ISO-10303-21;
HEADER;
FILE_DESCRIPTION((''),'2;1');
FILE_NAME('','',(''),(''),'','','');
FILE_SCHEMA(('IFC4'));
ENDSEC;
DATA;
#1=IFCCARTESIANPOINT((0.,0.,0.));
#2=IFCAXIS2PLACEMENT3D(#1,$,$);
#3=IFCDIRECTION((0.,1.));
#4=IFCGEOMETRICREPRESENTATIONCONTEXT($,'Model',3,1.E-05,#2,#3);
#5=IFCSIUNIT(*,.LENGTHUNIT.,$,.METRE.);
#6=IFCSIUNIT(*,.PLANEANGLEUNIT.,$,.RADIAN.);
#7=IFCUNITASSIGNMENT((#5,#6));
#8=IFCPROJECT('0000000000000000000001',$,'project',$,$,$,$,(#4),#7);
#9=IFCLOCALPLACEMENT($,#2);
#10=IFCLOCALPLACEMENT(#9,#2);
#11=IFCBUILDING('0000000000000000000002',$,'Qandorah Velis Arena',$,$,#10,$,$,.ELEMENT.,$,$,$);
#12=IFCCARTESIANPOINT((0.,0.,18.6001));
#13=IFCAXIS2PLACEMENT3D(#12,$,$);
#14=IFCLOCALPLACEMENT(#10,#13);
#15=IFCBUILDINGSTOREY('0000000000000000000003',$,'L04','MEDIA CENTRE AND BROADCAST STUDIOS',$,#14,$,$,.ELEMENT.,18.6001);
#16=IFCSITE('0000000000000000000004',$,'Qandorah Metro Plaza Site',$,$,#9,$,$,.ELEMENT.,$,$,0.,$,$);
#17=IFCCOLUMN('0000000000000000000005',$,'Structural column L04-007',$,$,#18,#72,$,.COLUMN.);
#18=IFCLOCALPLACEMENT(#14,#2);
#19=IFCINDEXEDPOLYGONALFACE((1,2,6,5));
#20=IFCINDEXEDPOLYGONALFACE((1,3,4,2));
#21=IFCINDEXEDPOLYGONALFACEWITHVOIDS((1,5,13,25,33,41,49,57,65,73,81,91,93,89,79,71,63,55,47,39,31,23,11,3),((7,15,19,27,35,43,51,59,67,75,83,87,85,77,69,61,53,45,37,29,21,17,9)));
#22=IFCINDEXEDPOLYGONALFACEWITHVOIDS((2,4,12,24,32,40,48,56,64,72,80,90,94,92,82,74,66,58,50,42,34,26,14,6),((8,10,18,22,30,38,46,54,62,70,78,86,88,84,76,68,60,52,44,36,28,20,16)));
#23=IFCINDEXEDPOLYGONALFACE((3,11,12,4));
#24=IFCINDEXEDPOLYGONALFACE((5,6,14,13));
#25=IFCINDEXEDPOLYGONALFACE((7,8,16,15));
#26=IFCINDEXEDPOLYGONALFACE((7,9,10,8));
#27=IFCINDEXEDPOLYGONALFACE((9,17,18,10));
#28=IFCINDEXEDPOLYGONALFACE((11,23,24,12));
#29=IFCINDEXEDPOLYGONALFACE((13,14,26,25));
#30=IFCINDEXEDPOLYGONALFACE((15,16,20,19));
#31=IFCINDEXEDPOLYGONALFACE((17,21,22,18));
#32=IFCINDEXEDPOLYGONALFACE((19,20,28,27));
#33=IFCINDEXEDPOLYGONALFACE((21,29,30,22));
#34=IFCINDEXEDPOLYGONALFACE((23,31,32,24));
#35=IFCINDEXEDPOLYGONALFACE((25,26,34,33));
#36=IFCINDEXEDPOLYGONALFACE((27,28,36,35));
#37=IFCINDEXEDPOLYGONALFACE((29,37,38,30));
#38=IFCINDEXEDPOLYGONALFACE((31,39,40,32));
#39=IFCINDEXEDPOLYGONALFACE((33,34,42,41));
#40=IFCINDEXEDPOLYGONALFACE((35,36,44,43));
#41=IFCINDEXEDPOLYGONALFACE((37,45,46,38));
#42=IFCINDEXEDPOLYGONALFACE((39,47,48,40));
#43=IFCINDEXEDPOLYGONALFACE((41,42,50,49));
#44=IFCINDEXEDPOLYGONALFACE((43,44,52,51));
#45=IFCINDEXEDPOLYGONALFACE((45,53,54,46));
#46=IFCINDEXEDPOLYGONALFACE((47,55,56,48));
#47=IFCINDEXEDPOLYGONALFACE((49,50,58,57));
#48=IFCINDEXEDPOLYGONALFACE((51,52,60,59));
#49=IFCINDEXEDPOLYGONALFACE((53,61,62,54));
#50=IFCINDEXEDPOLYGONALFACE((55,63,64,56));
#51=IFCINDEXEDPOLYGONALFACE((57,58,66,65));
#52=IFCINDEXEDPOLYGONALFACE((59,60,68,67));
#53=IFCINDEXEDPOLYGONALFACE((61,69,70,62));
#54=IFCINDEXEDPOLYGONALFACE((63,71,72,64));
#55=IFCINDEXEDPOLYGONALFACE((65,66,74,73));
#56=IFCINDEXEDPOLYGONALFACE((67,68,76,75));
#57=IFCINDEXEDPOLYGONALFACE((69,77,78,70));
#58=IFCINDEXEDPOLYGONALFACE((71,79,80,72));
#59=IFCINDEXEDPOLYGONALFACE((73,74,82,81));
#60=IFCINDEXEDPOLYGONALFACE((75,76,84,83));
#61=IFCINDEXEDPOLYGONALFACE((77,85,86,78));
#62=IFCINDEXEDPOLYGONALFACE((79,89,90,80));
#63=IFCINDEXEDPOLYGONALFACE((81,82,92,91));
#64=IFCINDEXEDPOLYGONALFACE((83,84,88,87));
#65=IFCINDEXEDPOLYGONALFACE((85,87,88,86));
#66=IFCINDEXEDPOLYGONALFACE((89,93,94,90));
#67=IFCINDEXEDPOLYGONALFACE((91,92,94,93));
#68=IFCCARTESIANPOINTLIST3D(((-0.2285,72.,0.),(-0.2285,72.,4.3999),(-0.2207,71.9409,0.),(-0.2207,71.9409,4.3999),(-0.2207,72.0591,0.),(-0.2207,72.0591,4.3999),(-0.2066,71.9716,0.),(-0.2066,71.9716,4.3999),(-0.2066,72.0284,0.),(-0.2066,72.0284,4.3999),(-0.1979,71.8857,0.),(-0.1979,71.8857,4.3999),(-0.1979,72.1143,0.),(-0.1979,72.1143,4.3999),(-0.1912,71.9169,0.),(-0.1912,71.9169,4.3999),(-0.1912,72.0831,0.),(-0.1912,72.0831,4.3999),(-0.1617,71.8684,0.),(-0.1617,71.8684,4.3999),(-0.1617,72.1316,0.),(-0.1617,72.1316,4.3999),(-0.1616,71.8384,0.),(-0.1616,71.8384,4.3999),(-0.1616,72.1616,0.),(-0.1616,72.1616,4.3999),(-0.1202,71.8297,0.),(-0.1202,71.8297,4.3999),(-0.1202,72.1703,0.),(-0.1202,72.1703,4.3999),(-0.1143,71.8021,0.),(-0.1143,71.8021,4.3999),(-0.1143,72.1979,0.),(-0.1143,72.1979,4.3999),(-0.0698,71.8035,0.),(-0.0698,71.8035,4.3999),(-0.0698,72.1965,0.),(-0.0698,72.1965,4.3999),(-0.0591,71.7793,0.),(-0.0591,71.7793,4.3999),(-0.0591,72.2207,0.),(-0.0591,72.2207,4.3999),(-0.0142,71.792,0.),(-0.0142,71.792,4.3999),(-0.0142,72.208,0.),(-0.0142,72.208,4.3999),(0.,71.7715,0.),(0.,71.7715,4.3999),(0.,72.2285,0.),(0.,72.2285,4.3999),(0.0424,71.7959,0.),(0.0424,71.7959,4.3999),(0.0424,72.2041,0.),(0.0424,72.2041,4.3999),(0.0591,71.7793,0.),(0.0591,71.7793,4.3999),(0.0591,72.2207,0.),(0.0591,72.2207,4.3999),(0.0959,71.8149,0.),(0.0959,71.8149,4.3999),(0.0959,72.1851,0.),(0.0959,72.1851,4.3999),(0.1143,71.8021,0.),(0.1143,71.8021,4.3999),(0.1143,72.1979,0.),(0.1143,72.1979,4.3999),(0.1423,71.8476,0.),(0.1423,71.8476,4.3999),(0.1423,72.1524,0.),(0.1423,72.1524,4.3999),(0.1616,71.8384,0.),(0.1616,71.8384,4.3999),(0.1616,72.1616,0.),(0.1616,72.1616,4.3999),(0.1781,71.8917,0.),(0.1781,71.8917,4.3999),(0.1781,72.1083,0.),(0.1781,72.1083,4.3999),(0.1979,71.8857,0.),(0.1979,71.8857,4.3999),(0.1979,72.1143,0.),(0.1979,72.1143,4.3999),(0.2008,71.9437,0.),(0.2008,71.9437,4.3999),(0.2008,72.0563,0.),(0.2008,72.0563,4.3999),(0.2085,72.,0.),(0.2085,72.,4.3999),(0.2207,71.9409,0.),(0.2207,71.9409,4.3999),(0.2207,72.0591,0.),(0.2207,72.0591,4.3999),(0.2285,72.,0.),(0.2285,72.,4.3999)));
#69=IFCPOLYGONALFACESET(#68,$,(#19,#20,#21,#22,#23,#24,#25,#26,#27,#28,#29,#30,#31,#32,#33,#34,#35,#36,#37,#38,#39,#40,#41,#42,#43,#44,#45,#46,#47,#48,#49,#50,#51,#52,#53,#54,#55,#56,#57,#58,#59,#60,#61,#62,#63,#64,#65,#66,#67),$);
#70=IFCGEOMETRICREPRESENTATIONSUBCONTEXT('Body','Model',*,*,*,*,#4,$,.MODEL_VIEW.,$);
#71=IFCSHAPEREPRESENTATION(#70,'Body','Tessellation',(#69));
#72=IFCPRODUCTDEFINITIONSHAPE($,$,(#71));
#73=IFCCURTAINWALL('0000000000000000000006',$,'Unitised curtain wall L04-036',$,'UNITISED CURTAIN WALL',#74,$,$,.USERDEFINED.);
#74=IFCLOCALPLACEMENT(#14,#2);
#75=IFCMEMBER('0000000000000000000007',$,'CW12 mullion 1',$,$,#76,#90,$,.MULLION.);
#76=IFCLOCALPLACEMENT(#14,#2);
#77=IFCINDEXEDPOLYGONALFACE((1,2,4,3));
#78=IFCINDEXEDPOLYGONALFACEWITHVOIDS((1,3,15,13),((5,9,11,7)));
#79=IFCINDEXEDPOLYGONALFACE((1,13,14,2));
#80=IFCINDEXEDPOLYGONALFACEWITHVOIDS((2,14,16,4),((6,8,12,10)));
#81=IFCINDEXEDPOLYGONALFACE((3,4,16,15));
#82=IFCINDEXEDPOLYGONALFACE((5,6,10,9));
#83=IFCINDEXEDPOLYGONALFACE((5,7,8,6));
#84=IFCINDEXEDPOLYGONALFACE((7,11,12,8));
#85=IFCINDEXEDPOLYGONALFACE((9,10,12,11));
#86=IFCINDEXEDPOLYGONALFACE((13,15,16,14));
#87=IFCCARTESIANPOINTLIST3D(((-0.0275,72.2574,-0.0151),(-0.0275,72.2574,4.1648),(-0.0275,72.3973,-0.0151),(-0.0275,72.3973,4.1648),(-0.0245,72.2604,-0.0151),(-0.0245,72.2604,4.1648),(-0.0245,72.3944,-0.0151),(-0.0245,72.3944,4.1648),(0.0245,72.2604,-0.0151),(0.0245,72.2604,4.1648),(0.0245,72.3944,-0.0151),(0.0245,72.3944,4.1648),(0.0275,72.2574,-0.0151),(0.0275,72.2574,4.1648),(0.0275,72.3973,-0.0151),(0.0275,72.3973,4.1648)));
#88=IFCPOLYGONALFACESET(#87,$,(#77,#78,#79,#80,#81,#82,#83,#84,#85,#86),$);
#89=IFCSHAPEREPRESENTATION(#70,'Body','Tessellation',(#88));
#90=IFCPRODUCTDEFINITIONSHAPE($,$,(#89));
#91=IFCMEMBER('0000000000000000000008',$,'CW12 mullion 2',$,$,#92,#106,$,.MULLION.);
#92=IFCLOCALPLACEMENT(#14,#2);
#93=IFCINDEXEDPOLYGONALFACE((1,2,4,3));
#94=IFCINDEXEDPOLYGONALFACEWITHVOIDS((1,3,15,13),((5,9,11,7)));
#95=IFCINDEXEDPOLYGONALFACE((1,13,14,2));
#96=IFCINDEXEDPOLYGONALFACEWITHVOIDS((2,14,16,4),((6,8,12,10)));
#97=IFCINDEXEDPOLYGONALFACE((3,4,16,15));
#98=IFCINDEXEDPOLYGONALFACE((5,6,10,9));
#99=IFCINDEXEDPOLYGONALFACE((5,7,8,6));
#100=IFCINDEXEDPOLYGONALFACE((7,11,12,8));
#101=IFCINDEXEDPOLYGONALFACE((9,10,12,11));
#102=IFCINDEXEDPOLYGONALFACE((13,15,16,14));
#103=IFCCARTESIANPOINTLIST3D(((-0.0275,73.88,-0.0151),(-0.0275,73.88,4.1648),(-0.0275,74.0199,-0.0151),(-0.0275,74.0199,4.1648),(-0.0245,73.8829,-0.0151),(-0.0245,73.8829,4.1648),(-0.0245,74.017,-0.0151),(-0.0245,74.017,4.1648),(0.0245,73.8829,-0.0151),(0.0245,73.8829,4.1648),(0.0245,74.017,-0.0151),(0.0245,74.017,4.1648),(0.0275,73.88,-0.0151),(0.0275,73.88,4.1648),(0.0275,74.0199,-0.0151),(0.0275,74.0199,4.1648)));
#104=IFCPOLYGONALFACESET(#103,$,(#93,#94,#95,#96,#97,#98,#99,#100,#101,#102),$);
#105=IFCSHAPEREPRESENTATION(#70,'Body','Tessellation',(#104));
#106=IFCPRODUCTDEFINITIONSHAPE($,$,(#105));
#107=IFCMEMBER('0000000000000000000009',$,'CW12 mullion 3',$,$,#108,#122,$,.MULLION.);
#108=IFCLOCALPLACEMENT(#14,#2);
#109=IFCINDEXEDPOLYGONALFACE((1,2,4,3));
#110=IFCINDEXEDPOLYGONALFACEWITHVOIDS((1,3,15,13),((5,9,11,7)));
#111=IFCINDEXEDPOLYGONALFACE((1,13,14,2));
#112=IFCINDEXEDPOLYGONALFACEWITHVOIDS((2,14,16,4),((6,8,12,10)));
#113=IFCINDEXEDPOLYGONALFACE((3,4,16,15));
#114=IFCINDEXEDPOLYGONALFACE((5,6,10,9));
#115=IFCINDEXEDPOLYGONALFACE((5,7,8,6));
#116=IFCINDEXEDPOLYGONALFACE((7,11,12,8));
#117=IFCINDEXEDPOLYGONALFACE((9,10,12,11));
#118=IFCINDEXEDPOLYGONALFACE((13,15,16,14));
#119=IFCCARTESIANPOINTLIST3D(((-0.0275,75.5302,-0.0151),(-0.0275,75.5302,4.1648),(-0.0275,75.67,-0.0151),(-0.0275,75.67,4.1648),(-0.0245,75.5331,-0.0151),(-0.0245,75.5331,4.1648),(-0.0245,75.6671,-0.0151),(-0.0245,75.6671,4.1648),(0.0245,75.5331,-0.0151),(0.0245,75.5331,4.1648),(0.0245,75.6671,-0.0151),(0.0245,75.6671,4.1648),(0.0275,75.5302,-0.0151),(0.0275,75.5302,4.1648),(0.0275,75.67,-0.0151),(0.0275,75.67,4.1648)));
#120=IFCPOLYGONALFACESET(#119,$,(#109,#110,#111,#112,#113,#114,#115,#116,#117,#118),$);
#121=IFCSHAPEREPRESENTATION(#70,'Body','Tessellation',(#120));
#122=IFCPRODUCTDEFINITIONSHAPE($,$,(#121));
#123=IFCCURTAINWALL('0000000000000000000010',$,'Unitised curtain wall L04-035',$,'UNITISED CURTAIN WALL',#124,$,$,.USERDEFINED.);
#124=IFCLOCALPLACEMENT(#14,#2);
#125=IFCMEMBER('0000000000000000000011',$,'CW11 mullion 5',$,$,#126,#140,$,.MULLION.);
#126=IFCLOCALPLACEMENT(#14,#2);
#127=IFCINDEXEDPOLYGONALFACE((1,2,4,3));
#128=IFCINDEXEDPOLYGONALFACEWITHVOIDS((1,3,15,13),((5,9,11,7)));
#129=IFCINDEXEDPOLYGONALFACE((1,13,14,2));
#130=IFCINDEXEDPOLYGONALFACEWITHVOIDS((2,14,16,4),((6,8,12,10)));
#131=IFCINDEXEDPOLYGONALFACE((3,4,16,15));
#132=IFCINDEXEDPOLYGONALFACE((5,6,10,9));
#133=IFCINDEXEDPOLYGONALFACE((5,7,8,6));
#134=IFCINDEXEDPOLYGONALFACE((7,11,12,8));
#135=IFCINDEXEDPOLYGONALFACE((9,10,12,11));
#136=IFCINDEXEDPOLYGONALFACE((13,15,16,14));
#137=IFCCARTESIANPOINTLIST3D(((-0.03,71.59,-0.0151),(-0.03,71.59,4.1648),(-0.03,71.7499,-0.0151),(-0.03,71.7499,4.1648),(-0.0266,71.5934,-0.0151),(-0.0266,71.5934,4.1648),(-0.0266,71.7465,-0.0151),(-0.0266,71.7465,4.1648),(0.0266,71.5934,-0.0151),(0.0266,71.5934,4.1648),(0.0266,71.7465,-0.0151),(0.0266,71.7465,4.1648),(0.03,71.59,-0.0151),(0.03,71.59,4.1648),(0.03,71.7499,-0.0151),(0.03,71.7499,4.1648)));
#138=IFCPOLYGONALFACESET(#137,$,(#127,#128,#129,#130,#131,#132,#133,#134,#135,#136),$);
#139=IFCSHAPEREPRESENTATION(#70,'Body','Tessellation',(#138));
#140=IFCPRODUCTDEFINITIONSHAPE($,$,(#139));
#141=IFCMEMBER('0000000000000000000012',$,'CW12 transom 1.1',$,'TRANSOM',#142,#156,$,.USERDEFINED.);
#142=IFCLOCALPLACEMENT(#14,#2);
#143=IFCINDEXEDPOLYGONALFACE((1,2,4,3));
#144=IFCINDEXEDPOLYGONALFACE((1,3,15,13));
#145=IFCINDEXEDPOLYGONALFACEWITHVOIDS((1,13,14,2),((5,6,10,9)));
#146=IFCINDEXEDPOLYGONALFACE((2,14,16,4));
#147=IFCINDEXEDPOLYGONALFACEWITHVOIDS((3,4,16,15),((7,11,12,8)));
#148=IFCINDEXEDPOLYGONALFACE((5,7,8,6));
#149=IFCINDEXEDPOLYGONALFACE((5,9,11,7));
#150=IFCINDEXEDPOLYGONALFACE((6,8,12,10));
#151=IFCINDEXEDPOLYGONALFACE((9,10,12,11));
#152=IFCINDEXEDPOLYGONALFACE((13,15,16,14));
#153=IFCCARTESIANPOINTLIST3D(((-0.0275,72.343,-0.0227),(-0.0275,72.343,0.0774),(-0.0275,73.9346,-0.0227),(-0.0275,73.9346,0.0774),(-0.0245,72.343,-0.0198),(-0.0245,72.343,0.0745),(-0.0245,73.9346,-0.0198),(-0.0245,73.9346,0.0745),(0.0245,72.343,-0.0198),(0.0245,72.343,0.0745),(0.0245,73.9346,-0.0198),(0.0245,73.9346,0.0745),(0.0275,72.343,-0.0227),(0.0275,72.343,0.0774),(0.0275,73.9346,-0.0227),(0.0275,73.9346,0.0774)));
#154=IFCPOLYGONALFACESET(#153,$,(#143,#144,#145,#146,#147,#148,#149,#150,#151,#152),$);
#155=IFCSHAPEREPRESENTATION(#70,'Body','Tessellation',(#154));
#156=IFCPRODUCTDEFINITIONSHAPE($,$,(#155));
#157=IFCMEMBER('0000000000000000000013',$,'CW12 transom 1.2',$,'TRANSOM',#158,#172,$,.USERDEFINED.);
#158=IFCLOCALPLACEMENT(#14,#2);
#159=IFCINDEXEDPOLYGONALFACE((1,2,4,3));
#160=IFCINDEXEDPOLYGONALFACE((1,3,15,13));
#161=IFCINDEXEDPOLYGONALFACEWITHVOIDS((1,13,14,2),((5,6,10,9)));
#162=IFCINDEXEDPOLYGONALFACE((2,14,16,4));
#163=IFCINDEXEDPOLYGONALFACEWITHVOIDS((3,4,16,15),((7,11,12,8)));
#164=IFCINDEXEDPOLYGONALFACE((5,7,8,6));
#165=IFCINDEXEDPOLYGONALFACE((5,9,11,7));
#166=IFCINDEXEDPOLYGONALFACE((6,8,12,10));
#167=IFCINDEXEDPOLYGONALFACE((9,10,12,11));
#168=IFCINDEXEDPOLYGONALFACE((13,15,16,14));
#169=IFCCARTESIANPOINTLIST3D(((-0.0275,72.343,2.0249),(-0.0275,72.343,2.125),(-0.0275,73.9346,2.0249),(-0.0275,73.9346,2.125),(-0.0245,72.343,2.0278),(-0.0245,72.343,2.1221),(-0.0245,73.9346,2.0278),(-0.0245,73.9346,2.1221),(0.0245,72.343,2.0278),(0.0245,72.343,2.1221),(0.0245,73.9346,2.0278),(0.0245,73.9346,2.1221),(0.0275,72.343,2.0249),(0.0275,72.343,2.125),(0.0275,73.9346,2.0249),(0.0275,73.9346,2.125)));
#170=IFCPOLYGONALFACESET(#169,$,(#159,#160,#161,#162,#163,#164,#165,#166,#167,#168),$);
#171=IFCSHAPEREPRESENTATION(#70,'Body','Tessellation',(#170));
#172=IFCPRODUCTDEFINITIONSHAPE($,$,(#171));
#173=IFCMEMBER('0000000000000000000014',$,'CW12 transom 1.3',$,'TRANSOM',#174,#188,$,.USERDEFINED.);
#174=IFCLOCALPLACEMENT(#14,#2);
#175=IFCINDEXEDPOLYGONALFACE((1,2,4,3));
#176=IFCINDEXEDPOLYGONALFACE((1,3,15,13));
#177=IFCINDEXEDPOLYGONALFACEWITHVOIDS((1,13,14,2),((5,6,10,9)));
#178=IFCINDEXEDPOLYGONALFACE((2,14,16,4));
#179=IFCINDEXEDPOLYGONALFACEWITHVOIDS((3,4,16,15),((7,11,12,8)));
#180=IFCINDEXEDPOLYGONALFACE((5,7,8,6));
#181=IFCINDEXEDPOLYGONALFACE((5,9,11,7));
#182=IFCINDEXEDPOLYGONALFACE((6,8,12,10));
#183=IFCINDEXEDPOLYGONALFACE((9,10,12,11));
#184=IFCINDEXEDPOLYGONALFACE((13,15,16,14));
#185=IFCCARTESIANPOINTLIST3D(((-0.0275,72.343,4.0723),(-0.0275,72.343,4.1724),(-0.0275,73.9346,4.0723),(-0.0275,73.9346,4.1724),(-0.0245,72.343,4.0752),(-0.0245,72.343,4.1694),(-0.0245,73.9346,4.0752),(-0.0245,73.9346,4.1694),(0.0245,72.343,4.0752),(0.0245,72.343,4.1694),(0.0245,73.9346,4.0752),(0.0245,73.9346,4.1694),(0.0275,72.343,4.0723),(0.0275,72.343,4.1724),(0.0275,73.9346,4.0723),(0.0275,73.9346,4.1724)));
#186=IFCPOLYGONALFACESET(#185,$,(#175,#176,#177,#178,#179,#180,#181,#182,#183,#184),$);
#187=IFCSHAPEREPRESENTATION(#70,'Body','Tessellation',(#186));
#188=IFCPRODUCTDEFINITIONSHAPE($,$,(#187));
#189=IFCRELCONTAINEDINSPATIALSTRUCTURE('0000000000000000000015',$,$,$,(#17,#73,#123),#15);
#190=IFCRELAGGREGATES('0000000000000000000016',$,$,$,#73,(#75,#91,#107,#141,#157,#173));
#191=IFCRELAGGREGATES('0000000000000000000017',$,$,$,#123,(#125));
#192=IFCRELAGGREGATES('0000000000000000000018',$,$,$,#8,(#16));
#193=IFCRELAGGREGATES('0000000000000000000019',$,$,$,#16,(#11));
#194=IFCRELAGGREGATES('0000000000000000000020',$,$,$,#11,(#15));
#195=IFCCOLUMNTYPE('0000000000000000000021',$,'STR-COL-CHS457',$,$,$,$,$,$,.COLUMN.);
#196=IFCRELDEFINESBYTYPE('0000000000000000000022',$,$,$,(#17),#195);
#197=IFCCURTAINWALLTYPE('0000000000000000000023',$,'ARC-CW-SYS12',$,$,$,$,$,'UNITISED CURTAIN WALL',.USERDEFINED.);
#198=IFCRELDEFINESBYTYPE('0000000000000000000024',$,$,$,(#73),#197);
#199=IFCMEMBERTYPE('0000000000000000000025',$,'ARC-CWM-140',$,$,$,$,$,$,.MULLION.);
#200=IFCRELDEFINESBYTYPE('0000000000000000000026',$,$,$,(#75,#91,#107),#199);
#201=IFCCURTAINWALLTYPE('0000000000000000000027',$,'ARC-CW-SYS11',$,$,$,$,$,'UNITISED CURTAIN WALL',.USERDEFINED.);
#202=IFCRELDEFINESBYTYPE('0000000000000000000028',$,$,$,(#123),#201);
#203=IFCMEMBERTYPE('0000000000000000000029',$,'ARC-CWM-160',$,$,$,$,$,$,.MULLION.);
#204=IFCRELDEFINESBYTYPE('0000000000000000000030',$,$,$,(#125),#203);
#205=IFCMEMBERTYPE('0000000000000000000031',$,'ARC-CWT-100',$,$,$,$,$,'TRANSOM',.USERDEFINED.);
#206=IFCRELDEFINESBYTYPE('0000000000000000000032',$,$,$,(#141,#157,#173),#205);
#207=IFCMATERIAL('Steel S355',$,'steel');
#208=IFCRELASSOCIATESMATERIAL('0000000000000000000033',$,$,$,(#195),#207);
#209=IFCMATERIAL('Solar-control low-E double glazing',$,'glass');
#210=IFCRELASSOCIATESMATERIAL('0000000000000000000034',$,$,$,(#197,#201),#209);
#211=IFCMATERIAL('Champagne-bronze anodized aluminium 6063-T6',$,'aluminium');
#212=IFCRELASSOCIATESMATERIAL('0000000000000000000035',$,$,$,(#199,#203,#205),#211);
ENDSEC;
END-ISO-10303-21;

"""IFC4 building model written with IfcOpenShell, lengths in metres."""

from ifc_helpers import new_model, si_unit, direction, frame, origin, origin_2d, place, context, subcontext, project, spatial, hollow_rectangle, hollow_circle, extrude, material, material_profile, profile_set, type_object, element, aggregate, save


model = new_model("IFC4")

# Units and contexts
model_context = context("Model", 3, precision=1e-05, world=origin(), true_north=direction((0.0, 1.0)))
body_context = subcontext(model_context, "Body", "Model", "MODEL_VIEW")
ifc_project = project(units=[si_unit("LENGTHUNIT", "METRE"), si_unit("PLANEANGLEUNIT", "RADIAN")], contexts=[model_context])

# Site, building, storey
site_placement = place(None, origin())
site = spatial("IfcSite", under=ifc_project, at=site_placement, Name="Qandorah Metro Plaza Site", CompositionType="ELEMENT", RefElevation=0.0)
building_placement = place(site_placement, origin())
building = spatial("IfcBuilding", under=site, at=building_placement, Name="Qandorah Velis Arena", CompositionType="ELEMENT")
storey_placement = place(building_placement, frame((0.0, 0.0, 18.6001)))
storey = spatial("IfcBuildingStorey", under=building, at=storey_placement, Name="L04", Description="MEDIA CENTRE AND BROADCAST STUDIOS", CompositionType="ELEMENT", Elevation=18.6001)

# Column
ifc_material_1 = material(Name="Steel S355", Category="steel")
ifc_material_profile_1 = material_profile(ifc_material_1, hollow_circle(Radius=0.2285, WallThickness=0.02, at=origin_2d()), Name="CHS 457x20")
ifc_profile_set_1 = profile_set([ifc_material_profile_1], Name="Steel S355")
column_type = type_object("IfcColumnType", Name="STR-COL-CHS457", PredefinedType="COLUMN", material=ifc_profile_set_1)
column_placement = place(storey_placement, frame((0.0, 72.0, 0.0), z_axis=(0.0, 0.0, 1.0), x_axis=(1.0, 0.0, 0.0)))
element("IfcColumn", 1, at=column_placement, inside=storey, type_object=column_type, Name="Structural column L04-007", PredefinedType="COLUMN", context=body_context, shape_type="SweptSolid", body=[
    extrude(hollow_circle(Radius=0.2285, WallThickness=0.02, at=origin_2d()), origin(), (0.0, 0.0, 1.0), 4.3999),
])

# Curtain wall, members
ifc_material_2 = material(Name="Solar-control low-E double glazing", Category="glass")
curtain_wall_type_1 = type_object("IfcCurtainWallType", Name="ARC-CW-SYS12", ElementType="UNITISED CURTAIN WALL", PredefinedType="USERDEFINED", material=ifc_material_2)
curtain_wall_1_placement = place(storey_placement, origin())
curtain_wall_1 = element("IfcCurtainWall", 2, at=curtain_wall_1_placement, inside=storey, type_object=curtain_wall_type_1, Name="Unitised curtain wall L04-036", ObjectType="UNITISED CURTAIN WALL", PredefinedType="USERDEFINED")
ifc_material_3 = material(Name="Champagne-bronze anodized aluminium 6063-T6", Category="aluminium")
ifc_material_profile_2 = material_profile(ifc_material_3, hollow_rectangle(XDim=0.0549, YDim=0.1399, WallThickness=0.0029, at=origin_2d()), Name="ALU MULLION 55x140")
ifc_profile_set_2 = profile_set([ifc_material_profile_2], Name="Champagne-bronze anodized aluminium 6063-T6")
member_type_1 = type_object("IfcMemberType", Name="ARC-CWM-140", PredefinedType="MULLION", material=ifc_profile_set_2)
member_1_placement = place(storey_placement, frame((0.0, 72.3274, -0.0151), z_axis=(0.0, 0.0, 1.0), x_axis=(-1.0, 0.0, 0.0)))
member_1 = element("IfcMember", 3, at=member_1_placement, type_object=member_type_1, Name="CW12 mullion 1", PredefinedType="MULLION", context=body_context, shape_type="SweptSolid", body=[
    extrude(hollow_rectangle(XDim=0.0549, YDim=0.1399, WallThickness=0.0029, at=origin_2d()), origin(), (0.0, 0.0, 1.0), 4.1799),
])
member_2_placement = place(storey_placement, frame((0.0, 73.95, -0.0151), z_axis=(0.0, 0.0, 1.0), x_axis=(-1.0, 0.0, 0.0)))
member_2 = element("IfcMember", 4, at=member_2_placement, type_object=member_type_1, Name="CW12 mullion 2", PredefinedType="MULLION", context=body_context, shape_type="SweptSolid", body=[
    extrude(hollow_rectangle(XDim=0.0549, YDim=0.1399, WallThickness=0.0029, at=origin_2d()), origin(), (0.0, 0.0, 1.0), 4.1799),
])
member_3_placement = place(storey_placement, frame((0.0, 75.6001, -0.0151), z_axis=(0.0, 0.0, 1.0), x_axis=(-1.0, 0.0, 0.0)))
member_3 = element("IfcMember", 5, at=member_3_placement, type_object=member_type_1, Name="CW12 mullion 3", PredefinedType="MULLION", context=body_context, shape_type="SweptSolid", body=[
    extrude(hollow_rectangle(XDim=0.0549, YDim=0.1399, WallThickness=0.0029, at=origin_2d()), origin(), (0.0, 0.0, 1.0), 4.1799),
])

# Curtain wall, member
curtain_wall_type_2 = type_object("IfcCurtainWallType", Name="ARC-CW-SYS11", ElementType="UNITISED CURTAIN WALL", PredefinedType="USERDEFINED", material=ifc_material_2)
curtain_wall_2_placement = place(storey_placement, origin())
curtain_wall_2 = element("IfcCurtainWall", 6, at=curtain_wall_2_placement, inside=storey, type_object=curtain_wall_type_2, Name="Unitised curtain wall L04-035", ObjectType="UNITISED CURTAIN WALL", PredefinedType="USERDEFINED")
ifc_material_profile_3 = material_profile(ifc_material_3, hollow_rectangle(XDim=0.0601, YDim=0.1599, WallThickness=0.0034, at=origin_2d()), Name="ALU MULLION 60x160")
ifc_profile_set_3 = profile_set([ifc_material_profile_3], Name="Champagne-bronze anodized aluminium 6063-T6")
member_type_2 = type_object("IfcMemberType", Name="ARC-CWM-160", PredefinedType="MULLION", material=ifc_profile_set_3)
member_4_placement = place(storey_placement, frame((0.0, 71.6699, -0.0151), z_axis=(0.0, 0.0, 1.0), x_axis=(-1.0, 0.0, 0.0)))
member_4 = element("IfcMember", 7, at=member_4_placement, type_object=member_type_2, Name="CW11 mullion 5", PredefinedType="MULLION", context=body_context, shape_type="SweptSolid", body=[
    extrude(hollow_rectangle(XDim=0.0601, YDim=0.1599, WallThickness=0.0034, at=origin_2d()), origin(), (0.0, 0.0, 1.0), 4.1799),
])

# Members
ifc_material_profile_4 = material_profile(ifc_material_3, hollow_rectangle(XDim=0.0549, YDim=0.1001, WallThickness=0.0029, at=origin_2d()), Name="ALU TRANSOM 55x100")
ifc_profile_set_4 = profile_set([ifc_material_profile_4], Name="Champagne-bronze anodized aluminium 6063-T6")
member_type_3 = type_object("IfcMemberType", Name="ARC-CWT-100", ElementType="TRANSOM", PredefinedType="USERDEFINED", material=ifc_profile_set_4)
member_5_placement = place(storey_placement, frame((0.0, 72.343, 0.0273), z_axis=(0.0, 1.0, 0.0), x_axis=(-1.0, 0.0, 0.0)))
member_5 = element("IfcMember", 8, at=member_5_placement, type_object=member_type_3, Name="CW12 transom 1.1", ObjectType="TRANSOM", PredefinedType="USERDEFINED", context=body_context, shape_type="SweptSolid", body=[
    extrude(hollow_rectangle(XDim=0.0549, YDim=0.1001, WallThickness=0.0029, at=origin_2d()), origin(), (0.0, 0.0, 1.0), 1.5916),
])
member_6_placement = place(storey_placement, frame((0.0, 72.343, 2.075), z_axis=(0.0, 1.0, 0.0), x_axis=(-1.0, 0.0, 0.0)))
member_6 = element("IfcMember", 9, at=member_6_placement, type_object=member_type_3, Name="CW12 transom 1.2", ObjectType="TRANSOM", PredefinedType="USERDEFINED", context=body_context, shape_type="SweptSolid", body=[
    extrude(hollow_rectangle(XDim=0.0549, YDim=0.1001, WallThickness=0.0029, at=origin_2d()), origin(), (0.0, 0.0, 1.0), 1.5916),
])
member_7_placement = place(storey_placement, frame((0.0, 72.343, 4.1223), z_axis=(0.0, 1.0, 0.0), x_axis=(-1.0, 0.0, 0.0)))
member_7 = element("IfcMember", 10, at=member_7_placement, type_object=member_type_3, Name="CW12 transom 1.3", ObjectType="TRANSOM", PredefinedType="USERDEFINED", context=body_context, shape_type="SweptSolid", body=[
    extrude(hollow_rectangle(XDim=0.0549, YDim=0.1001, WallThickness=0.0029, at=origin_2d()), origin(), (0.0, 0.0, 1.0), 1.5916),
])

aggregate(curtain_wall_1, [member_1, member_2, member_3, member_5, member_6, member_7])
aggregate(curtain_wall_2, [member_4])

save(model, "model.ifc")
